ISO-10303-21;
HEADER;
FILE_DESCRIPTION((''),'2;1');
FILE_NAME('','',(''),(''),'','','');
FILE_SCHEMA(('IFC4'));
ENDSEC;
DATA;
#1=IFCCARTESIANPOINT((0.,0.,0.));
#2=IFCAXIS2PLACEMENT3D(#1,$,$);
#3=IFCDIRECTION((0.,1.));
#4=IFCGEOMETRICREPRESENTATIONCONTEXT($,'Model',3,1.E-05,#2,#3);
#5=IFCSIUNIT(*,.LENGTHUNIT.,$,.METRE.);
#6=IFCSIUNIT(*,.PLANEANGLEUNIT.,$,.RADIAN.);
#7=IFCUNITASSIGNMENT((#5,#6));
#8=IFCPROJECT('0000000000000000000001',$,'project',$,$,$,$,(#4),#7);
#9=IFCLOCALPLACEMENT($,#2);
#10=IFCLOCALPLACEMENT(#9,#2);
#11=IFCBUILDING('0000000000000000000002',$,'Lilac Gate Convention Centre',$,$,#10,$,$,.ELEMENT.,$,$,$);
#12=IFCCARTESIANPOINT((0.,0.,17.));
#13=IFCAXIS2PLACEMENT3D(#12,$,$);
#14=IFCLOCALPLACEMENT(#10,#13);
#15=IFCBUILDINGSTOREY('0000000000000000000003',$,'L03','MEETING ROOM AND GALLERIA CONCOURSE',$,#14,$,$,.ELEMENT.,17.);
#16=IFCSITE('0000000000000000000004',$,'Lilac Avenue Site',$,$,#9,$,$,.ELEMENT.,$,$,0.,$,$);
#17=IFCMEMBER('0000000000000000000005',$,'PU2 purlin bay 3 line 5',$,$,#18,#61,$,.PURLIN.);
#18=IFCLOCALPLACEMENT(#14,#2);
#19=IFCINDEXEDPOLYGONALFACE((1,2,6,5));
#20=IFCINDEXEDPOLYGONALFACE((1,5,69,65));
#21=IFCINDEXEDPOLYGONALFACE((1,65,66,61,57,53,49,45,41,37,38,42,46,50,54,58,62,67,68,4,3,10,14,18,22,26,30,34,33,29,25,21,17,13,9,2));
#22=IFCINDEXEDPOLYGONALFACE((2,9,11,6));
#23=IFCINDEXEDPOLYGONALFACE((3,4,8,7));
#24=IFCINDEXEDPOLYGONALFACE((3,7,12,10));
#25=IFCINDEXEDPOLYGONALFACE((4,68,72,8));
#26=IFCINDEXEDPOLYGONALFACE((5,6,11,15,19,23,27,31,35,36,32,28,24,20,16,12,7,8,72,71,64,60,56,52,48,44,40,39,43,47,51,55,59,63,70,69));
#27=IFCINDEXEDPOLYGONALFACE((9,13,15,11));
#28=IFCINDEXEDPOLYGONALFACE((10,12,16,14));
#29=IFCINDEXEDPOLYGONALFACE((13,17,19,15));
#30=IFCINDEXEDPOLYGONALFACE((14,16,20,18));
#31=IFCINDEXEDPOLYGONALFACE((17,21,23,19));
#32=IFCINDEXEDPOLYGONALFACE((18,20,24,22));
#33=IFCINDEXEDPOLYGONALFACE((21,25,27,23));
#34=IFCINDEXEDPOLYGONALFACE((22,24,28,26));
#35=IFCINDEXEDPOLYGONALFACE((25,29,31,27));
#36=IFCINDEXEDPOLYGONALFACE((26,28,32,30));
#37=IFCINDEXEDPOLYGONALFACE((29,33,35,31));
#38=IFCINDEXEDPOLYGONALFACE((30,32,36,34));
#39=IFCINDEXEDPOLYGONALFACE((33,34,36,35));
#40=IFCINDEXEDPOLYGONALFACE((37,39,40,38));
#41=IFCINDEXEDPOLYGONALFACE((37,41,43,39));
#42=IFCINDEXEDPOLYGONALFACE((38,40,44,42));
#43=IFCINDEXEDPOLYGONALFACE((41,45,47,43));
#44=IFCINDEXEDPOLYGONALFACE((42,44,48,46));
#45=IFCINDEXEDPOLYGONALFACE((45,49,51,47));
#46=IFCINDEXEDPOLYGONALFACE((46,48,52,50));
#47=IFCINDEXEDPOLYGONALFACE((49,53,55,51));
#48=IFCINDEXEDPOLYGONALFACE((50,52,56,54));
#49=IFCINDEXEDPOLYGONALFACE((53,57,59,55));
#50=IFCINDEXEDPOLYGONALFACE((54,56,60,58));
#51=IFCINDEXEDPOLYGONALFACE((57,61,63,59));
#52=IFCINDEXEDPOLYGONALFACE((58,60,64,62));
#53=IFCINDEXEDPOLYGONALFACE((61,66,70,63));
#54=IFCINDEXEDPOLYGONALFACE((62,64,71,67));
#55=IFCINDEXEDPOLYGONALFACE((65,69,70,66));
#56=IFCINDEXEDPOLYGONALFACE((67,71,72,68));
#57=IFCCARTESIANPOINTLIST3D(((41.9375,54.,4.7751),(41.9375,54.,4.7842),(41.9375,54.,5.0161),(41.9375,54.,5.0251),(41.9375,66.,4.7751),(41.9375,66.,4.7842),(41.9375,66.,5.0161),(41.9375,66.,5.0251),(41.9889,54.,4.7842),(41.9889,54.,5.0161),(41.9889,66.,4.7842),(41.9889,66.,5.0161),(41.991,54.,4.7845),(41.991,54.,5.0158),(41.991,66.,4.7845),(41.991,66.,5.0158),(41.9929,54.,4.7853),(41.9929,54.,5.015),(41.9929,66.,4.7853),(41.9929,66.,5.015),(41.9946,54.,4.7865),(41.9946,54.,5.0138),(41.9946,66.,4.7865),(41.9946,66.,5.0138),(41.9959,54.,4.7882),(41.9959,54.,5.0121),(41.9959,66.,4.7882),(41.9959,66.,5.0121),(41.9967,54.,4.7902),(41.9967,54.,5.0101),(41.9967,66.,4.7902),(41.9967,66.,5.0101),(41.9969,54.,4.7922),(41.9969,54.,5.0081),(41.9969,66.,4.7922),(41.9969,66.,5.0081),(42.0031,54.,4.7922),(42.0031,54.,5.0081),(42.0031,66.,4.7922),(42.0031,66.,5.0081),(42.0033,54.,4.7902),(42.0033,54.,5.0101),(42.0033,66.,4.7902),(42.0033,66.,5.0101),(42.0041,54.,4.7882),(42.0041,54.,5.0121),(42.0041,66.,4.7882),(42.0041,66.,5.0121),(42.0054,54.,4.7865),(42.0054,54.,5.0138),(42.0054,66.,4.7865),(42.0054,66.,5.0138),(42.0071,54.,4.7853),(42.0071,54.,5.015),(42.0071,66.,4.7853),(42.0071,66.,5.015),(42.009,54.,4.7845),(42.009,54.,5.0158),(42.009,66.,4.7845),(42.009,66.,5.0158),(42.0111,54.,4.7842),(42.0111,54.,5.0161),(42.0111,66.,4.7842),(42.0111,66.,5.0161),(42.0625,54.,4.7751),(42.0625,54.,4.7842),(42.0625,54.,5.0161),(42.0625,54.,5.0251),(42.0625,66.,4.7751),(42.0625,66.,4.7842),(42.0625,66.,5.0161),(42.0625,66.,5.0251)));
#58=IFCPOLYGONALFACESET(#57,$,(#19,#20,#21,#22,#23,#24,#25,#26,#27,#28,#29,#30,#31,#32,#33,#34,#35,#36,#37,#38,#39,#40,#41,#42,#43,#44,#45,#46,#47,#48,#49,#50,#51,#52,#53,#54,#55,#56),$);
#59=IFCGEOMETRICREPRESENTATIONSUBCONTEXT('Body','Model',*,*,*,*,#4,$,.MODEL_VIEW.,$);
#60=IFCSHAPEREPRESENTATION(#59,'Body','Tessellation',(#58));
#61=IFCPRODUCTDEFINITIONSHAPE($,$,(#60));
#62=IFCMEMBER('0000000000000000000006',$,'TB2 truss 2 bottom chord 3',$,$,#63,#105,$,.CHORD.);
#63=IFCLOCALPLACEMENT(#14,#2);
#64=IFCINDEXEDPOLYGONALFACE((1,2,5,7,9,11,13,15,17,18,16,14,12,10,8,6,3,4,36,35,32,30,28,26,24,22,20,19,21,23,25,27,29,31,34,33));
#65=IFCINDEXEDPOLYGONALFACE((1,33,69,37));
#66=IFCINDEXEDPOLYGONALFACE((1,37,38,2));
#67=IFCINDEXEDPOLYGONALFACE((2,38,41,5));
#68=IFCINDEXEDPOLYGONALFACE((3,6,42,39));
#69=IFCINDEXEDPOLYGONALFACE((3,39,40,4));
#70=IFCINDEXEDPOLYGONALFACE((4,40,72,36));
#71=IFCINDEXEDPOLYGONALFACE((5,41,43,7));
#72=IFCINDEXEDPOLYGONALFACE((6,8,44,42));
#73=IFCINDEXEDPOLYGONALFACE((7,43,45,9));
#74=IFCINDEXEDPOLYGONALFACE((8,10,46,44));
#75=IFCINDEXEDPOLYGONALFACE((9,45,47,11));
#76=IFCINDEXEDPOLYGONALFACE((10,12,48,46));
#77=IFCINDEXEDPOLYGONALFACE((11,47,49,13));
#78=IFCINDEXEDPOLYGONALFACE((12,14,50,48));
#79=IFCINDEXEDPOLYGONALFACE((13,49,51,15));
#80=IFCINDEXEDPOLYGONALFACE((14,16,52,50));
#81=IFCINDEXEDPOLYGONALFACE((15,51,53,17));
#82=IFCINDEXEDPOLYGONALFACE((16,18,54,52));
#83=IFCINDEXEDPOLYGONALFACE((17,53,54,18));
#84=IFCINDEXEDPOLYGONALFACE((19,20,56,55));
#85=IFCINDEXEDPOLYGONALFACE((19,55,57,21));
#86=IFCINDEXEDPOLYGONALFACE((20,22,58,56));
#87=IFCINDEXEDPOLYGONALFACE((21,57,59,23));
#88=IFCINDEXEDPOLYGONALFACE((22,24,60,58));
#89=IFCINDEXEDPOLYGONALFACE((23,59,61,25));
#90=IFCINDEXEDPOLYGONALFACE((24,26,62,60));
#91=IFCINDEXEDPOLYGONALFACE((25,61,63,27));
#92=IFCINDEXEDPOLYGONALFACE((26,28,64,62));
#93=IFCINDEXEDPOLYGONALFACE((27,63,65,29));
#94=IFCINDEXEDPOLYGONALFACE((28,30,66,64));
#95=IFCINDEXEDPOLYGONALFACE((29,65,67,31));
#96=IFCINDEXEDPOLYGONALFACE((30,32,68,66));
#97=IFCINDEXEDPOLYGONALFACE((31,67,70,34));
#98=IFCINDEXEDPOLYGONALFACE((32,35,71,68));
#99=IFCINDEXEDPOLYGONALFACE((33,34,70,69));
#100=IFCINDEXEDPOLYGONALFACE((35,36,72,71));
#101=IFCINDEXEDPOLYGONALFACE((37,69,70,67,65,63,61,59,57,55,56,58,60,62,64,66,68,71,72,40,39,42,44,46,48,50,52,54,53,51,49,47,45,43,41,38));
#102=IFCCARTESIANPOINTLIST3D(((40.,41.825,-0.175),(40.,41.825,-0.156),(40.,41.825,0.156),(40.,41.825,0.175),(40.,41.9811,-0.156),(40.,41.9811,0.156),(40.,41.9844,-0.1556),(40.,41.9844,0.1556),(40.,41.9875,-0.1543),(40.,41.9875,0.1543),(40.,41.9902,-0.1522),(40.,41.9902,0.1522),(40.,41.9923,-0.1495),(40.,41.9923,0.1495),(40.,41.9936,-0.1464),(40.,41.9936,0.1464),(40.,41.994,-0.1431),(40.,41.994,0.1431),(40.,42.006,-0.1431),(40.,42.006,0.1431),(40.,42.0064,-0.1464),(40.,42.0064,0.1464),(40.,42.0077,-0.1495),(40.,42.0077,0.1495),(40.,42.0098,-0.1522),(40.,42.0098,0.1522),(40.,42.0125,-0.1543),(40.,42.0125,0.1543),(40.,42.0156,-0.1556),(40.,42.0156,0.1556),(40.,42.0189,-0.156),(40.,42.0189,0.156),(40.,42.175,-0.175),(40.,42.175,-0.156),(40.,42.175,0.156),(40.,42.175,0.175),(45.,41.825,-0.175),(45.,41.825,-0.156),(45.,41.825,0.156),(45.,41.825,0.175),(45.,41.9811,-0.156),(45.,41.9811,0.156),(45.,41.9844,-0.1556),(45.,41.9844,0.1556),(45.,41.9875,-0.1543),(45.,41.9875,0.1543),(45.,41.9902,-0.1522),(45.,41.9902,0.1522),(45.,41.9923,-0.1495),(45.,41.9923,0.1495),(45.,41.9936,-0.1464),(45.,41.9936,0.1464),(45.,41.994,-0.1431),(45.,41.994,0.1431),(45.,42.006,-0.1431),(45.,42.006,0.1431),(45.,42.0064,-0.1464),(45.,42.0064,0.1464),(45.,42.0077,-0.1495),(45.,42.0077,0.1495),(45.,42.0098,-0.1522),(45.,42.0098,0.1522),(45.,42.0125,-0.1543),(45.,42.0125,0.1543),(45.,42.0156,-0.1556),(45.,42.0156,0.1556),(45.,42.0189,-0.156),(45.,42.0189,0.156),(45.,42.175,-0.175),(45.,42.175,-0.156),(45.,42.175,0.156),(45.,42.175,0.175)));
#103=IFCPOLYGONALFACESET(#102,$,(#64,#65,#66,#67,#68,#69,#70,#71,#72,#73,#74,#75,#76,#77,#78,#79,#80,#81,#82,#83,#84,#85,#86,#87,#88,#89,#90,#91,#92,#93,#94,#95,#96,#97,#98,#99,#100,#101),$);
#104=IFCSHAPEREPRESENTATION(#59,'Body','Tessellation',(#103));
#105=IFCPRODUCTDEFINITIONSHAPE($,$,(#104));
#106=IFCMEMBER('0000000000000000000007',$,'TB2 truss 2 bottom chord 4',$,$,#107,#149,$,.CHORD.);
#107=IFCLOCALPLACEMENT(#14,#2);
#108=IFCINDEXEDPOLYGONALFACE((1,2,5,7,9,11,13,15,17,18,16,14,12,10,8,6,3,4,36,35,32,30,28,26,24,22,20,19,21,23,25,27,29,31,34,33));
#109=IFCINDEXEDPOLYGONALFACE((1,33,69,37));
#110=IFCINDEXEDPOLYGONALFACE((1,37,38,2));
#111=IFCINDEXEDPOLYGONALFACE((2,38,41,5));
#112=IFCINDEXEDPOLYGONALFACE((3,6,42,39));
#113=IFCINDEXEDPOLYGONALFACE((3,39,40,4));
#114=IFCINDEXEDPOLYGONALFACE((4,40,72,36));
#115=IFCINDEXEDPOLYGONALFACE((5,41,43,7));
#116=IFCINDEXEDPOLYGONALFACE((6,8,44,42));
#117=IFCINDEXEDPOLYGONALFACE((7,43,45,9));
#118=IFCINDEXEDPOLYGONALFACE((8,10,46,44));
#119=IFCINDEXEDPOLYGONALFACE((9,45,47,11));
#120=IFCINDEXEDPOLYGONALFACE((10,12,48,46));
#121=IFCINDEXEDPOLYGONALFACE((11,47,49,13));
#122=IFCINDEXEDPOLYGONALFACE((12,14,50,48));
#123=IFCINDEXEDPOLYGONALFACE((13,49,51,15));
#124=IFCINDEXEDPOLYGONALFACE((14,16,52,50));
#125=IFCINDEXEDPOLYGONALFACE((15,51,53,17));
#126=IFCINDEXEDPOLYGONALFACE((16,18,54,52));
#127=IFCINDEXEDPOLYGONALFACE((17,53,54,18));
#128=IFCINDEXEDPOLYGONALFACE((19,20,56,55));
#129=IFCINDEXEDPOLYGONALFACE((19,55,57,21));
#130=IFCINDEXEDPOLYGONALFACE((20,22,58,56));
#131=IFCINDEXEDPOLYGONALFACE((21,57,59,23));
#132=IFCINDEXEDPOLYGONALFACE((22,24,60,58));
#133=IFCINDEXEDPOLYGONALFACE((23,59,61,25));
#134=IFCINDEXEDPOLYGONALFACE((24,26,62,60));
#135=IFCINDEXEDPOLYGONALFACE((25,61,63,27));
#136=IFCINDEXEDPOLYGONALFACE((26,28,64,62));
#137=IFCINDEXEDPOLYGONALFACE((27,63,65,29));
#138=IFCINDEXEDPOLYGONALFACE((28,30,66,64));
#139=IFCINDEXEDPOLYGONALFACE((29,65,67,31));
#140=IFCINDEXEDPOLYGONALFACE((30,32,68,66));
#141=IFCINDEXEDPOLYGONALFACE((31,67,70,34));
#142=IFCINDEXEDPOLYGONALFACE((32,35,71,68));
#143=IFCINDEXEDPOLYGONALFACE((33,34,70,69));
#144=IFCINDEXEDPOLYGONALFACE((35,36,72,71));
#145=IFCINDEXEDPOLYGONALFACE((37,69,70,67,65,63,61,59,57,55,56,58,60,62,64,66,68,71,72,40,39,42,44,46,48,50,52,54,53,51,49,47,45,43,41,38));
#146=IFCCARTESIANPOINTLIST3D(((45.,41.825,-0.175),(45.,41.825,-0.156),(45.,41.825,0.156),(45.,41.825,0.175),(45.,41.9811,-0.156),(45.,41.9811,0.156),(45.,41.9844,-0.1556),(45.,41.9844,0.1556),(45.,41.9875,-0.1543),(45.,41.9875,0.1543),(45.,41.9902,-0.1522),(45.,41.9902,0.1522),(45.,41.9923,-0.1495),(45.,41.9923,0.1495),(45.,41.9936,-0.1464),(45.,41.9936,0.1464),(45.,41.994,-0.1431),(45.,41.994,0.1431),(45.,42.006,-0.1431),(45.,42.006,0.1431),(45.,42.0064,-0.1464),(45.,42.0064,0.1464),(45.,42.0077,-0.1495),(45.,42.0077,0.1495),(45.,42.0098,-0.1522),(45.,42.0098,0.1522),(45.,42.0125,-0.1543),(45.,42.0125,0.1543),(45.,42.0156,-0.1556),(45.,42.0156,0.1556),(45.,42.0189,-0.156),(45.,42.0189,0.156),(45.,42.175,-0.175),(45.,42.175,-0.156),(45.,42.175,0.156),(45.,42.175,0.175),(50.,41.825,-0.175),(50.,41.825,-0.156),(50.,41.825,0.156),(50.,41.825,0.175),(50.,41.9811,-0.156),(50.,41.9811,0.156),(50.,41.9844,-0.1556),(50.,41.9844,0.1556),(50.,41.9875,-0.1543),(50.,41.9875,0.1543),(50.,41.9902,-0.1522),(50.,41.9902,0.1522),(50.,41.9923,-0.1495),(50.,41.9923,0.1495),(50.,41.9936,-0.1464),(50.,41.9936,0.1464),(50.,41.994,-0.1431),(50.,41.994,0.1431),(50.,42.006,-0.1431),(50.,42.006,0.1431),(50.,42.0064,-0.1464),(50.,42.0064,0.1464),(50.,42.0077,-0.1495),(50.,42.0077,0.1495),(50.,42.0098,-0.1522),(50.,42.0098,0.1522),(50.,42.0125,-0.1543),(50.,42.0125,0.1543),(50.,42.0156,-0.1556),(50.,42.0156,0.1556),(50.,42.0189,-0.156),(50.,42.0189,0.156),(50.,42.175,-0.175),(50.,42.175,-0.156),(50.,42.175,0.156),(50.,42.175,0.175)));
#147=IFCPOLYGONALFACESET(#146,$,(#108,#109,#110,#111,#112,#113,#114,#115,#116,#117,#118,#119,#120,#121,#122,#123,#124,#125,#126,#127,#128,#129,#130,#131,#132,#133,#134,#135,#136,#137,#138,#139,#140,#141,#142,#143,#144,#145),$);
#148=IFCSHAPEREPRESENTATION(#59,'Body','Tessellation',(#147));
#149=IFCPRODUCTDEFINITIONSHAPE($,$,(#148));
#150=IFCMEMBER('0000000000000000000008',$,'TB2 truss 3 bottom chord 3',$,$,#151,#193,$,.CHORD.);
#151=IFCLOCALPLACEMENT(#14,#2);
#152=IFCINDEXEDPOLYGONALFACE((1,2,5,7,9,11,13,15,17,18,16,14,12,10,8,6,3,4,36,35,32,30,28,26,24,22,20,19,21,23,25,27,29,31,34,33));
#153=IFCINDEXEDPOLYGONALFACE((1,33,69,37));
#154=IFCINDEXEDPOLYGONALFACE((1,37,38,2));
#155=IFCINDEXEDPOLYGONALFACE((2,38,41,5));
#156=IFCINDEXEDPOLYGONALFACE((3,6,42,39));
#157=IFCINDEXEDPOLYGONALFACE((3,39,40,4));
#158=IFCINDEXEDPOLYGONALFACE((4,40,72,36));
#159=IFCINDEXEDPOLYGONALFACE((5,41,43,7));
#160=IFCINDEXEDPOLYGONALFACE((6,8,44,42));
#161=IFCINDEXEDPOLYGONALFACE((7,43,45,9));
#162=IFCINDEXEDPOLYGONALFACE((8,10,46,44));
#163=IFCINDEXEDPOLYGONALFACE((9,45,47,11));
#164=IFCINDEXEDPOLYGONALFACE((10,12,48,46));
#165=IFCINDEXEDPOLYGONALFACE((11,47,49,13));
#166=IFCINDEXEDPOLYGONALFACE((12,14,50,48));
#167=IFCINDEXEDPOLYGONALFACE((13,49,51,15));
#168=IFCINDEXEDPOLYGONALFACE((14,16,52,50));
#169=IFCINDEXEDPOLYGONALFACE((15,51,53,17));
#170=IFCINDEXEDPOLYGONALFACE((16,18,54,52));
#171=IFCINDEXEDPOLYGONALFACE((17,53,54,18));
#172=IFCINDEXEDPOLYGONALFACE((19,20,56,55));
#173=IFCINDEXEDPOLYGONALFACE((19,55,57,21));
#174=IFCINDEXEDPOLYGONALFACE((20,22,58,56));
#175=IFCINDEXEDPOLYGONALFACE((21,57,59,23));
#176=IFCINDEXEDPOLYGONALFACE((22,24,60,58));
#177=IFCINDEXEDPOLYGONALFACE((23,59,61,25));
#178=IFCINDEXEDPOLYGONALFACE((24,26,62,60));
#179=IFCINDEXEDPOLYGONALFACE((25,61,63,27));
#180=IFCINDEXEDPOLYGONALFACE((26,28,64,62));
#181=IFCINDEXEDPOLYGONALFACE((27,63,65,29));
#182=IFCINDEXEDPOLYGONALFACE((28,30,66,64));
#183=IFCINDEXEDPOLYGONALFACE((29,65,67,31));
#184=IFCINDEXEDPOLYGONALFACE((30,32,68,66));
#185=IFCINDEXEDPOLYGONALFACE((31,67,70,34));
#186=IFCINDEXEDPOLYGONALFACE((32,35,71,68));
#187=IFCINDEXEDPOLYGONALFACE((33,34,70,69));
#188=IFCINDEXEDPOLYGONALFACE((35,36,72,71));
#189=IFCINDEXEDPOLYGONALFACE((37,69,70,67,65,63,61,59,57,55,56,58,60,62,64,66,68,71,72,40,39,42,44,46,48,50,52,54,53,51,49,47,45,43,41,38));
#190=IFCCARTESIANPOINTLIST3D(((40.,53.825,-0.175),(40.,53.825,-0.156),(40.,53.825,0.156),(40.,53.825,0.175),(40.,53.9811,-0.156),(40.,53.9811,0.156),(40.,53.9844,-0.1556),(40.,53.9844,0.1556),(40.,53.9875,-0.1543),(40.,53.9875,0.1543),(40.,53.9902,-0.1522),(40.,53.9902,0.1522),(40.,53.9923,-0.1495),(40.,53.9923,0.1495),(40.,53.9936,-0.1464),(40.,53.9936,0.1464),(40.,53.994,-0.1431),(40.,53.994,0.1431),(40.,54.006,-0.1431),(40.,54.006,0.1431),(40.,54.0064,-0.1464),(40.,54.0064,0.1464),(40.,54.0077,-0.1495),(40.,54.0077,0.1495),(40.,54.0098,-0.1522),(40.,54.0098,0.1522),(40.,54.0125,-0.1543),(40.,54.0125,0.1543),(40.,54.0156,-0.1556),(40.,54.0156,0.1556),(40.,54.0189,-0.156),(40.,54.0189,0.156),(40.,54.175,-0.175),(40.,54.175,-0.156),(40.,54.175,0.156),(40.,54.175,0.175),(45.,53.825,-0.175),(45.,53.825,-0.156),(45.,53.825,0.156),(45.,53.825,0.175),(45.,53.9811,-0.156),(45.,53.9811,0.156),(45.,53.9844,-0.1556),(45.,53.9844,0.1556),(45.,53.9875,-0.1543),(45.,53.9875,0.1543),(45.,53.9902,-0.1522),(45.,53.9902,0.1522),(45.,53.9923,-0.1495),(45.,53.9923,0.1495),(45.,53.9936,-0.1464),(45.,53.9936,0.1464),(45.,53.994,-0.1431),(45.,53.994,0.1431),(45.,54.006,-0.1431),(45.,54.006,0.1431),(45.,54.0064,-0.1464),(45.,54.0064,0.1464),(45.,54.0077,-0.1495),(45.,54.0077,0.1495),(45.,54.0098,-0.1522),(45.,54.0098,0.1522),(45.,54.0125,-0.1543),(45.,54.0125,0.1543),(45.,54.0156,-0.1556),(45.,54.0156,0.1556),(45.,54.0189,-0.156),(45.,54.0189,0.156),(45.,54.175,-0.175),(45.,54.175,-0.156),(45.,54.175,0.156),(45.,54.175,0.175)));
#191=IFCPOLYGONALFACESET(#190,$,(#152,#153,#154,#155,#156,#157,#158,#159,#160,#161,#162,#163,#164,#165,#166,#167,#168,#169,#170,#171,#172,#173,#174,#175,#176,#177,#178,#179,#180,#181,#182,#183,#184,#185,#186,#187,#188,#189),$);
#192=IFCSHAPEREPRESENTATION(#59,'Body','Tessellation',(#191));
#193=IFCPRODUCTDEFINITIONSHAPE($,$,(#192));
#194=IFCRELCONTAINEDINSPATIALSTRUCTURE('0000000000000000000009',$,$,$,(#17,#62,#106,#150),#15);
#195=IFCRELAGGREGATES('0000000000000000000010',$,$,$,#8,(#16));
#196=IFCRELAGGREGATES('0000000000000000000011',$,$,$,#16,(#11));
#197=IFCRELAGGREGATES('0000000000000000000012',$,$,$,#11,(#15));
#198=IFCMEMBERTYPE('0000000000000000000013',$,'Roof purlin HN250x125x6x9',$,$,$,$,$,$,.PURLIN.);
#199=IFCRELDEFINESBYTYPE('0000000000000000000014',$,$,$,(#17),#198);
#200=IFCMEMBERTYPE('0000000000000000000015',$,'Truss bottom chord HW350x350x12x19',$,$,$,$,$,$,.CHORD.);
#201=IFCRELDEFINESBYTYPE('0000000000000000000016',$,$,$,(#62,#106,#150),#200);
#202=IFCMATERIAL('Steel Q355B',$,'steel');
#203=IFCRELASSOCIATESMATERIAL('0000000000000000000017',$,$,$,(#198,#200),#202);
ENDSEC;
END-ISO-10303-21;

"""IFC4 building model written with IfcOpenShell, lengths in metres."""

from ifc_helpers import new_model, si_unit, direction, frame, origin, origin_2d, place, context, subcontext, project, spatial, i_section, extrude, material, material_profile, profile_set, type_object, element, save


model = new_model("IFC4")

# Units and contexts
model_context = context("Model", 3, precision=1e-05, world=origin(), true_north=direction((0.0, 1.0)))
body_context = subcontext(model_context, "Body", "Model", "MODEL_VIEW")
ifc_project = project(units=[si_unit("LENGTHUNIT", "METRE"), si_unit("PLANEANGLEUNIT", "RADIAN")], contexts=[model_context])

# Site, building, storey
site_placement = place(None, origin())
site = spatial("IfcSite", under=ifc_project, at=site_placement, Name="Lilac Avenue Site", CompositionType="ELEMENT", RefElevation=0.0)
building_placement = place(site_placement, origin())
building = spatial("IfcBuilding", under=site, at=building_placement, Name="Lilac Gate Convention Centre", CompositionType="ELEMENT")
storey_placement = place(building_placement, frame((0.0, 0.0, 17.0)))
storey = spatial("IfcBuildingStorey", under=building, at=storey_placement, Name="L03", Description="MEETING ROOM AND GALLERIA CONCOURSE", CompositionType="ELEMENT", Elevation=17.0)

# Members
ifc_material = material(Name="Steel Q355B", Category="steel")
ifc_material_profile_1 = material_profile(ifc_material, i_section(OverallWidth=0.125, OverallDepth=0.25, WebThickness=0.0061, FlangeThickness=0.009, FilletRadius=0.0081, at=origin_2d()), Name="HN250x125x6x9")
ifc_profile_set_1 = profile_set([ifc_material_profile_1], Name="Steel Q355B")
member_type_1 = type_object("IfcMemberType", Name="Roof purlin HN250x125x6x9", PredefinedType="PURLIN", material=ifc_profile_set_1)
for number, where, z_axis, x_axis, name in (
    (1, (42.0, 54.0, 4.9001), (0.0, 1.0, 0.0), (-1.0, 0.0, 0.0), "PU2 purlin bay 3 line 5"),
):
    element("IfcMember", number, at=place(storey_placement, frame(where, z_axis=z_axis, x_axis=x_axis)), inside=storey, type_object=member_type_1, Name=name, PredefinedType="PURLIN", context=body_context, shape_type="SweptSolid", body=[
        extrude(i_section(OverallWidth=0.125, OverallDepth=0.25, WebThickness=0.0061, FlangeThickness=0.009, FilletRadius=0.0081, at=origin_2d()), origin(), (0.0, 0.0, 1.0), 12.0),
    ])
ifc_material_profile_2 = material_profile(ifc_material, i_section(OverallWidth=0.3501, OverallDepth=0.3501, WebThickness=0.012, FlangeThickness=0.019, FilletRadius=0.0129, at=origin_2d()), Name="HW350x350x12x19")
ifc_profile_set_2 = profile_set([ifc_material_profile_2], Name="Steel Q355B")
member_type_2 = type_object("IfcMemberType", Name="Truss bottom chord HW350x350x12x19", PredefinedType="CHORD", material=ifc_profile_set_2)
for number, where, z_axis, x_axis, name in (
    (2, (40.0, 42.0, 0.0), (1.0, 0.0, 0.0), (0.0, 1.0, 0.0), "TB2 truss 2 bottom chord 3"),
    (3, (45.0, 42.0, 0.0), (1.0, 0.0, 0.0), (0.0, 1.0, 0.0), "TB2 truss 2 bottom chord 4"),
    (4, (40.0, 54.0, 0.0), (1.0, 0.0, 0.0), (0.0, 1.0, 0.0), "TB2 truss 3 bottom chord 3"),
):
    element("IfcMember", number, at=place(storey_placement, frame(where, z_axis=z_axis, x_axis=x_axis)), inside=storey, type_object=member_type_2, Name=name, PredefinedType="CHORD", context=body_context, shape_type="SweptSolid", body=[
        extrude(i_section(OverallWidth=0.3501, OverallDepth=0.3501, WebThickness=0.012, FlangeThickness=0.019, FilletRadius=0.0129, at=origin_2d()), origin(), (0.0, 0.0, 1.0), 5.0),
    ])

save(model, "model.ifc")
